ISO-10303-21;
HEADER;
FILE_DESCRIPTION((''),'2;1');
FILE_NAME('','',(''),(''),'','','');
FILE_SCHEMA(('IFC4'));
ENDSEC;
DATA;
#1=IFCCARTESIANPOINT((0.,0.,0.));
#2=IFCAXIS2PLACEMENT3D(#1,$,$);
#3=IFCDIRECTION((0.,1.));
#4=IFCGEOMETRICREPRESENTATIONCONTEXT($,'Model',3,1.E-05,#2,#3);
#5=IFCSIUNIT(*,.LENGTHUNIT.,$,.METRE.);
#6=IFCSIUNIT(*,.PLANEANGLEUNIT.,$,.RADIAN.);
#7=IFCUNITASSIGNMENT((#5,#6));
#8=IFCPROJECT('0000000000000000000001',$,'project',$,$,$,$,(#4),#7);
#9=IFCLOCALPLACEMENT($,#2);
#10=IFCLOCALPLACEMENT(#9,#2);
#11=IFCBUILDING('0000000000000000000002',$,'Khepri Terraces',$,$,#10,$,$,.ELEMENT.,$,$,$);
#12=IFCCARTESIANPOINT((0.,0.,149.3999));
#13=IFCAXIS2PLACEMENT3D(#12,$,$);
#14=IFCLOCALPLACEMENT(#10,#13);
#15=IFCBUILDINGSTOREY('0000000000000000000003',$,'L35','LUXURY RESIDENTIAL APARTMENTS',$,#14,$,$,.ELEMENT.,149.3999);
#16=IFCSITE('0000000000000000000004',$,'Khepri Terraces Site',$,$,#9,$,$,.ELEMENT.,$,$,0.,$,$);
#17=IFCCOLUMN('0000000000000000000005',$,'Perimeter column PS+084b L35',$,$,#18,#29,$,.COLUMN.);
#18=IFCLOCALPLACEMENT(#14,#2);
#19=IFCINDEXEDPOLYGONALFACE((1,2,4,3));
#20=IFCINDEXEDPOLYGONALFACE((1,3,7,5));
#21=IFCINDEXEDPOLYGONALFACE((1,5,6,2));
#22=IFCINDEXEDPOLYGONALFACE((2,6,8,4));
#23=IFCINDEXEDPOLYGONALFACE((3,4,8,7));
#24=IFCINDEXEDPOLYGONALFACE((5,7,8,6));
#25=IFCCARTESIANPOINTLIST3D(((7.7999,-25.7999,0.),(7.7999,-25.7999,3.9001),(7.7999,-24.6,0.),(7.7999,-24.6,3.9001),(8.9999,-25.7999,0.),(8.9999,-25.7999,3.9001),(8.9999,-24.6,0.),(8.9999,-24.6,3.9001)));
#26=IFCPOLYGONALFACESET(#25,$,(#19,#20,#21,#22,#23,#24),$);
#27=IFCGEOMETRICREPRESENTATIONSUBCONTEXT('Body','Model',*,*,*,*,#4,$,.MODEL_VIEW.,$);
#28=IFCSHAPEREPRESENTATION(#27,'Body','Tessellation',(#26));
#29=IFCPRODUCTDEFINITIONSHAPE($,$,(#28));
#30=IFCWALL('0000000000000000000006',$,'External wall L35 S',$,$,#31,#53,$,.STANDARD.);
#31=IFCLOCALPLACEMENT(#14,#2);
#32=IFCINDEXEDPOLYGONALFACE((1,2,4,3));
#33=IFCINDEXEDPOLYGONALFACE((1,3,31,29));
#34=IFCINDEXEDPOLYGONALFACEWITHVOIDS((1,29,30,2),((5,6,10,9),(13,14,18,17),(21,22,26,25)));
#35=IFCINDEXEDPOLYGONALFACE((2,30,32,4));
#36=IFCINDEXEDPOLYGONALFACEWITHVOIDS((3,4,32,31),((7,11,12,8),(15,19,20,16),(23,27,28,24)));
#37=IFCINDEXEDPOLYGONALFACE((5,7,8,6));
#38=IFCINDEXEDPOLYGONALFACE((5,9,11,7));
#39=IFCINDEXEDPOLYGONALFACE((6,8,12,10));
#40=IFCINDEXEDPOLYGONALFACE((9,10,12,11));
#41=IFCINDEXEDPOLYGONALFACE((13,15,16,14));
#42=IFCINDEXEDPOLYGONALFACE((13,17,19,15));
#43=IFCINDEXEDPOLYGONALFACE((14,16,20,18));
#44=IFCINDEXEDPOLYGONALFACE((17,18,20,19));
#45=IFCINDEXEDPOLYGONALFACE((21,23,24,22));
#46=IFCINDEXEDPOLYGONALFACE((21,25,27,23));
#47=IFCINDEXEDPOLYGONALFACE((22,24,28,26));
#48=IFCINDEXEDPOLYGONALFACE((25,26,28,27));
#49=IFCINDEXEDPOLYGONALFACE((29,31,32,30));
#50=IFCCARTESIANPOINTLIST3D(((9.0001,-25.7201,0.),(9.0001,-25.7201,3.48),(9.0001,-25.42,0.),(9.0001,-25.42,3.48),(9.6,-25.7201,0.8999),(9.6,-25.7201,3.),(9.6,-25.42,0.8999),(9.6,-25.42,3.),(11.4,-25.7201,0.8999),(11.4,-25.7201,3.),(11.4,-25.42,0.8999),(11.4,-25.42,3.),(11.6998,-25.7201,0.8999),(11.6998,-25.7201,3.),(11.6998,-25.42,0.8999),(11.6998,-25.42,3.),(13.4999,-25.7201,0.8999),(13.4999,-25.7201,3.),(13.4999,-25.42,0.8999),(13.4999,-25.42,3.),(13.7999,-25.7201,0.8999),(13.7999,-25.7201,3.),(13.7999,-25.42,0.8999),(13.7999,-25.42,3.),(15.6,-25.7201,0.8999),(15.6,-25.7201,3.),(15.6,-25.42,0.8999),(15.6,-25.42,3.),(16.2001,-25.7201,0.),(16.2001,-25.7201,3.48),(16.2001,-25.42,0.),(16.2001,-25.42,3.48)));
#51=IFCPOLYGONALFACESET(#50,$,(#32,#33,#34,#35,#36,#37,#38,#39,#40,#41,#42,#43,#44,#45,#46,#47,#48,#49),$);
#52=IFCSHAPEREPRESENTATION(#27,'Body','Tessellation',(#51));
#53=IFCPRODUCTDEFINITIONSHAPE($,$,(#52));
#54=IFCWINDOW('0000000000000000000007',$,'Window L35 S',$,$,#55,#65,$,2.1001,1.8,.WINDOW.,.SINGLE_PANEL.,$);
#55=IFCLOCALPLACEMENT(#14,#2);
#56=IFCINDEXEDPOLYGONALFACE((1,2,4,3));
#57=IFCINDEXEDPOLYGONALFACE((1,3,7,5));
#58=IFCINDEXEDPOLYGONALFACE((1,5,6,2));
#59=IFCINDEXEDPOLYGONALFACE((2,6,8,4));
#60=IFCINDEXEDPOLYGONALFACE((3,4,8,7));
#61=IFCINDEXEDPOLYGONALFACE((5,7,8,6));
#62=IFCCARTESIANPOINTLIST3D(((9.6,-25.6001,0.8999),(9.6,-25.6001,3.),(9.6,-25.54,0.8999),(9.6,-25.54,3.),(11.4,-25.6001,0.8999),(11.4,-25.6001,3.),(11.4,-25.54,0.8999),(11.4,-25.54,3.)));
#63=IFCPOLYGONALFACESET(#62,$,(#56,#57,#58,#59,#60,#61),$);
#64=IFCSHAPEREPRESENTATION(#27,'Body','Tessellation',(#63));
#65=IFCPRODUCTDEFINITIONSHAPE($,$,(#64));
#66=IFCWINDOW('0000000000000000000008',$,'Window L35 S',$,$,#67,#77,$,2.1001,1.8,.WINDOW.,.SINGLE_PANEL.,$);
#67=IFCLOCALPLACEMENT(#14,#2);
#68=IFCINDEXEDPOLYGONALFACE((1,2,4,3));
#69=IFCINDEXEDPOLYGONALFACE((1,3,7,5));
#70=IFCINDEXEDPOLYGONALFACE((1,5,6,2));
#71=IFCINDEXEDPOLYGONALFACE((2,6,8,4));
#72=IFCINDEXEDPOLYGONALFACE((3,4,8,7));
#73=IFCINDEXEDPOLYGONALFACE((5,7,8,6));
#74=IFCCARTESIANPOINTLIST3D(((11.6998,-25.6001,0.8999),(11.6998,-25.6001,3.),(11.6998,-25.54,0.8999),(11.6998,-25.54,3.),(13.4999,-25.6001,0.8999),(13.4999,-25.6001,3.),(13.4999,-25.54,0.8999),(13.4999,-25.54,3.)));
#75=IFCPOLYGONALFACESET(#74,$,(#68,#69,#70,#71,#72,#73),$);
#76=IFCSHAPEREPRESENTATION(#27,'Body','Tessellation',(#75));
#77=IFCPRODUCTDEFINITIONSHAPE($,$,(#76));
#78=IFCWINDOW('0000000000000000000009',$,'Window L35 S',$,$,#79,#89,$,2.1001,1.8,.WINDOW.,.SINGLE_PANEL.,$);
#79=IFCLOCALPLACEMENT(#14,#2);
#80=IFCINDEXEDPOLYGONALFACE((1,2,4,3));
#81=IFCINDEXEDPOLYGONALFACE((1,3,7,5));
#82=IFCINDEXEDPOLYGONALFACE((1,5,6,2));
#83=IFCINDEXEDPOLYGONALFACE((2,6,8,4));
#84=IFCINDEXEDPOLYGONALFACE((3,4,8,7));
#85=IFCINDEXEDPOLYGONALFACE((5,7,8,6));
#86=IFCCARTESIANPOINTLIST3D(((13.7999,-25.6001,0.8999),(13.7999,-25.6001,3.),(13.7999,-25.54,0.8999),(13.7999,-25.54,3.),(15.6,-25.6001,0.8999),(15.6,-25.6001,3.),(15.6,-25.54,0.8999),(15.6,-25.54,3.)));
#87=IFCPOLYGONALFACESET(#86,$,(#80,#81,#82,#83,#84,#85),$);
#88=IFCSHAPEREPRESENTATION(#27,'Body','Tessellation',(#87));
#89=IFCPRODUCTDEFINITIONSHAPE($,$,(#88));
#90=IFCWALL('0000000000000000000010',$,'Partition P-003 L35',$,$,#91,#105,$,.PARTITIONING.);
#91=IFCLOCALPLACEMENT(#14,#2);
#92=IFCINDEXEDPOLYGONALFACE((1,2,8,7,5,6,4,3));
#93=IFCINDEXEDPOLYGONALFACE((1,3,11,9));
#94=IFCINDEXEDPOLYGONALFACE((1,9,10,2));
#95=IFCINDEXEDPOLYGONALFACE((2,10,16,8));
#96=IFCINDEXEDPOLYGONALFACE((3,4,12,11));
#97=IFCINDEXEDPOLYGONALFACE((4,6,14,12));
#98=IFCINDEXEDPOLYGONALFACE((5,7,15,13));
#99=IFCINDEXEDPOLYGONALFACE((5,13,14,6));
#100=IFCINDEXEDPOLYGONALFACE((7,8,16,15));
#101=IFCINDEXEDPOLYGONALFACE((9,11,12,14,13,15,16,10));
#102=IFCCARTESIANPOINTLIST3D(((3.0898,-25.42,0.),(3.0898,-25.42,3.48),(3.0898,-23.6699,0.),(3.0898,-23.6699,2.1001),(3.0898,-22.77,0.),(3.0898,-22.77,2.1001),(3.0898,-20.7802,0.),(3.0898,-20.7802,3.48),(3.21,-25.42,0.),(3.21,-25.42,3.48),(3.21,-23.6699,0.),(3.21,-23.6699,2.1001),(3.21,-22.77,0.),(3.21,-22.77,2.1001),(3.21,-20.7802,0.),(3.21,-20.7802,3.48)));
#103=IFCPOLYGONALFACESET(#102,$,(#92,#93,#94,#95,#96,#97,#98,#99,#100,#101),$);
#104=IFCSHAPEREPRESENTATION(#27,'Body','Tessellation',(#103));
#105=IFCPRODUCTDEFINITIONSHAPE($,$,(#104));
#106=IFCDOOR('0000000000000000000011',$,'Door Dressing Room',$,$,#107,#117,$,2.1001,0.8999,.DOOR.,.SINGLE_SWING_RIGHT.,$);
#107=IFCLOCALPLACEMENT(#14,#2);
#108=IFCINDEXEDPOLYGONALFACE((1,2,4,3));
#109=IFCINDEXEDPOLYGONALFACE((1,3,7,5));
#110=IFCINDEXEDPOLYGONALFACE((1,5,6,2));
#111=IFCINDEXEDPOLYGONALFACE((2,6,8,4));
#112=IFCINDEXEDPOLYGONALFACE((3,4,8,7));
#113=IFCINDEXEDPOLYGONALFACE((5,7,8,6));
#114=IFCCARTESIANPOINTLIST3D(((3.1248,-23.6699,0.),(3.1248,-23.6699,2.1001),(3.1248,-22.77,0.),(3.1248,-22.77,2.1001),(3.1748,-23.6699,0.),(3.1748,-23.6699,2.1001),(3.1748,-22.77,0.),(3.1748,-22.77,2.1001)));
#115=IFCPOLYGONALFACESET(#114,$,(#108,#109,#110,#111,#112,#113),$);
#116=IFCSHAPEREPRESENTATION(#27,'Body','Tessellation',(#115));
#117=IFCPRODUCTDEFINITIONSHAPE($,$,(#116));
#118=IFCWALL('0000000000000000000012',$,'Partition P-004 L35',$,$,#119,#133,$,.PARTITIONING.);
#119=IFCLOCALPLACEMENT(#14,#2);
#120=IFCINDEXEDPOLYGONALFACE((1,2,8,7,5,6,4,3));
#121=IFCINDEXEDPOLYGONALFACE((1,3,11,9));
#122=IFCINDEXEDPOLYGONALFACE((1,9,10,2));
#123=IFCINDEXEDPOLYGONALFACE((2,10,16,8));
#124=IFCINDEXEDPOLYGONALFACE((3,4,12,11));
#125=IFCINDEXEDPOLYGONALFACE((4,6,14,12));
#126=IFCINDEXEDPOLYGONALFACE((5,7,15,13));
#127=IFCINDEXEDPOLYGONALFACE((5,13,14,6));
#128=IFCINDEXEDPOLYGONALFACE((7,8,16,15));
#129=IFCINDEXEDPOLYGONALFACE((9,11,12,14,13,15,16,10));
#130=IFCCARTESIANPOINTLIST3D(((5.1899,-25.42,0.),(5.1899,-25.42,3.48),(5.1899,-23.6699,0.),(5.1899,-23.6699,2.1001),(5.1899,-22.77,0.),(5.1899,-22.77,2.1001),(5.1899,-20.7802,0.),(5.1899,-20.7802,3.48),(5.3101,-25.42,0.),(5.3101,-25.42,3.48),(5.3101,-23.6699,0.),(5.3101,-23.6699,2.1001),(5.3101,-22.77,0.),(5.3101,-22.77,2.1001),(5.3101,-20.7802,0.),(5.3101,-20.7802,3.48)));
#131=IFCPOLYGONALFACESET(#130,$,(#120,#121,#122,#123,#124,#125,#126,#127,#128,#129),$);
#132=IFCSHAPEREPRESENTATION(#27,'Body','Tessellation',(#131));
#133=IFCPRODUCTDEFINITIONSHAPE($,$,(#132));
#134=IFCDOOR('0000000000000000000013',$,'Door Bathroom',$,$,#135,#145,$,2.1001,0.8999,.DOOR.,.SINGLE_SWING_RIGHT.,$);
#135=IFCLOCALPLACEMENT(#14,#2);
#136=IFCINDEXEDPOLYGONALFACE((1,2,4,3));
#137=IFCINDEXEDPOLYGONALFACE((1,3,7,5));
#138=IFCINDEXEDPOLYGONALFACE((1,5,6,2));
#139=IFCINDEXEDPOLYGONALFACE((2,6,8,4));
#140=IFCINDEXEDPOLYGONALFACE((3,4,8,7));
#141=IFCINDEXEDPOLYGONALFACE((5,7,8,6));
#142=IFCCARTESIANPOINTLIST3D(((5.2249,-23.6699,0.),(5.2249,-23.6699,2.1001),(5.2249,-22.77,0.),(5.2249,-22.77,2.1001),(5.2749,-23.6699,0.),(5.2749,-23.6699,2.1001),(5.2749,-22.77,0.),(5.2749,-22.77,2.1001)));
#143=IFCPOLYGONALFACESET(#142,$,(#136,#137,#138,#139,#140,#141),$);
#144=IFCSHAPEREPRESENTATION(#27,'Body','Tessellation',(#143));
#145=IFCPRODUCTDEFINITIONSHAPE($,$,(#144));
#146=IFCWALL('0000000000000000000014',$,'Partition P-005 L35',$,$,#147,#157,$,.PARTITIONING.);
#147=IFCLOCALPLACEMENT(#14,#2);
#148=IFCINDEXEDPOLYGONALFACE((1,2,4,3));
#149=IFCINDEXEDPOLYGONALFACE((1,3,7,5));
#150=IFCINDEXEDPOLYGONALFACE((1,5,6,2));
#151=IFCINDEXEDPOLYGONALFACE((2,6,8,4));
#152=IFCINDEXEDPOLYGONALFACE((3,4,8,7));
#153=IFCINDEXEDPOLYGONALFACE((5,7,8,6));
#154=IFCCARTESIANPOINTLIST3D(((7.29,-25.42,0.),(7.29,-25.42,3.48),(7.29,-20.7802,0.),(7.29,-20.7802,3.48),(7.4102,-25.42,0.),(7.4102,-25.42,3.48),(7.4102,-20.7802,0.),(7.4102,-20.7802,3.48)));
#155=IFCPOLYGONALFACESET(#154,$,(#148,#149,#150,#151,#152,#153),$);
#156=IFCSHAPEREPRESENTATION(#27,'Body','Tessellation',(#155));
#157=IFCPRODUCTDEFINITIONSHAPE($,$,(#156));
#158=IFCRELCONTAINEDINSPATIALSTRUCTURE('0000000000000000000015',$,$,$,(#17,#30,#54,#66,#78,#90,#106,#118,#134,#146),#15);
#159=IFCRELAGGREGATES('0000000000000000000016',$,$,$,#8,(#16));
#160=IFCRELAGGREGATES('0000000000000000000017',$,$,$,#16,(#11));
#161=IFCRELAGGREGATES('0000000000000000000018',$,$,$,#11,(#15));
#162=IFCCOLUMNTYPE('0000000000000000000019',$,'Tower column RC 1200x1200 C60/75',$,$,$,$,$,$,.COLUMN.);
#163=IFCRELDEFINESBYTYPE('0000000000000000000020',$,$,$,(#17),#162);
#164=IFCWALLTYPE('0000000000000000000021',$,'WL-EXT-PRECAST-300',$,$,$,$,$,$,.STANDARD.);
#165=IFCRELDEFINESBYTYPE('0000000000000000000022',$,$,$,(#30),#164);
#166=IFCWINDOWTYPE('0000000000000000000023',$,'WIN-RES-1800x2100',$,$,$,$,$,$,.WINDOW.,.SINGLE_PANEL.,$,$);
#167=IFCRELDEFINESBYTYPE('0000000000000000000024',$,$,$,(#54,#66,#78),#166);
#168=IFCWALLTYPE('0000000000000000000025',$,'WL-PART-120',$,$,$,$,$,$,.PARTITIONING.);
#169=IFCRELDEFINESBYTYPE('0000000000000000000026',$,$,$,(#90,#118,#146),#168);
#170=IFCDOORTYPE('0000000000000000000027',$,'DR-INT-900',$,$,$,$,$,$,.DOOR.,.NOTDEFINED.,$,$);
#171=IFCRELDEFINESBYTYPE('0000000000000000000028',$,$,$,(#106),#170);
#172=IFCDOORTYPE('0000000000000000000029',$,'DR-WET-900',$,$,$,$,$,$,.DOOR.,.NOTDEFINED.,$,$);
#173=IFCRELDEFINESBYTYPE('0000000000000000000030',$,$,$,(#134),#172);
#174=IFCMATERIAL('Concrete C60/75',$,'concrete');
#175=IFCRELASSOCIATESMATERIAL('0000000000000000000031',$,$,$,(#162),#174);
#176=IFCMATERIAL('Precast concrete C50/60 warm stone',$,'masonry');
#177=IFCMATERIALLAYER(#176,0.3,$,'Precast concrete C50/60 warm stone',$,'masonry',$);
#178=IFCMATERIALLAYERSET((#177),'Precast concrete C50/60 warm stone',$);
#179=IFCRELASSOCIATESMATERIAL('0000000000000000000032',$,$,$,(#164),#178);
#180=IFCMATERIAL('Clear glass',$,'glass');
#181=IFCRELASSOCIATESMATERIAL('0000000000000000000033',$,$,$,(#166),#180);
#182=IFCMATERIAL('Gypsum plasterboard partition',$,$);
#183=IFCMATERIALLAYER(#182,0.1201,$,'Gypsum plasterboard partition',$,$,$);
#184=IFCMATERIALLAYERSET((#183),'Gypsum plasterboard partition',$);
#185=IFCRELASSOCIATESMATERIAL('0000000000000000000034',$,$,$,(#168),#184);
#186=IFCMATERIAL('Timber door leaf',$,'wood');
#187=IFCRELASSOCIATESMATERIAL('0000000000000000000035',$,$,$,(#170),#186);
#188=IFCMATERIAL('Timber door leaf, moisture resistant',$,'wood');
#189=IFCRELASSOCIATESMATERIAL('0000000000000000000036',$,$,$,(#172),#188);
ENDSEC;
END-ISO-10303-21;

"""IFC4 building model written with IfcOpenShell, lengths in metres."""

from ifc_helpers import new_model, si_unit, direction, frame, frame_2d, origin, origin_2d, place, context, subcontext, project, spatial, rectangle, extrude, material, layer, layer_set, material_profile, profile_set, type_object, element, fill, save


model = new_model("IFC4")

# Units and contexts
model_context = context("Model", 3, precision=1e-05, world=origin(), true_north=direction((0.0, 1.0)))
body_context = subcontext(model_context, "Body", "Model", "MODEL_VIEW")
ifc_project = project(units=[si_unit("LENGTHUNIT", "METRE"), si_unit("PLANEANGLEUNIT", "RADIAN")], contexts=[model_context])

# Site, building, storey
site_placement = place(None, origin())
site = spatial("IfcSite", under=ifc_project, at=site_placement, Name="Khepri Terraces Site", CompositionType="ELEMENT", RefElevation=0.0)
building_placement = place(site_placement, origin())
building = spatial("IfcBuilding", under=site, at=building_placement, Name="Khepri Terraces", CompositionType="ELEMENT")
storey_placement = place(building_placement, frame((0.0, 0.0, 149.3999)))
storey = spatial("IfcBuildingStorey", under=building, at=storey_placement, Name="L35", Description="LUXURY RESIDENTIAL APARTMENTS", CompositionType="ELEMENT", Elevation=149.3999)

# Column
ifc_material_1 = material(Name="Concrete C60/75", Category="concrete")
ifc_material_profile = material_profile(ifc_material_1, rectangle(XDim=1.2, YDim=1.2, at=origin_2d()), Name="Concrete C60/75", Category="concrete")
ifc_profile_set = profile_set([ifc_material_profile], Name="Concrete C60/75")
column_type = type_object("IfcColumnType", Name="Tower column RC 1200x1200 C60/75", PredefinedType="COLUMN", material=ifc_profile_set)
column_placement = place(storey_placement, frame((8.3999, -25.2, 0.0), z_axis=(0.0, 0.0, 1.0), x_axis=(1.0, 0.0, 0.0)))
element("IfcColumn", 1, at=column_placement, inside=storey, type_object=column_type, Name="Perimeter column PS+084b L35", PredefinedType="COLUMN", context=body_context, shape_type="SweptSolid", body=[
    extrude(rectangle(XDim=1.2, YDim=1.2, at=origin_2d()), origin(), (0.0, 0.0, 1.0), 3.9001),
])

# Shared definitions
ifc_material_2 = material(Name="Precast concrete C50/60 warm stone", Category="masonry")
ifc_layer_1 = layer(ifc_material_2, 0.3, Name="Precast concrete C50/60 warm stone", Category="masonry")
ifc_layer_set_1 = layer_set([ifc_layer_1], Name="Precast concrete C50/60 warm stone")
wall_type_1 = type_object("IfcWallType", Name="WL-EXT-PRECAST-300", PredefinedType="STANDARD", material=ifc_layer_set_1)
ifc_material_3 = material(Name="Clear glass", Category="glass")
window_type = type_object("IfcWindowType", Name="WIN-RES-1800x2100", PartitioningType="SINGLE_PANEL", PredefinedType="WINDOW", material=ifc_material_3)

# Wall, openings, windows
wall_1_placement = place(storey_placement, frame((9.0, -25.5701, 0.0), z_axis=(0.0, 0.0, 1.0), x_axis=(1.0, 0.0, 0.0)))
wall_1 = element("IfcWall", 2, at=wall_1_placement, inside=storey, type_object=wall_type_1, Name="External wall L35 S", PredefinedType="STANDARD", context=body_context, shape_type="SweptSolid", body=[
    extrude(rectangle(XDim=7.2, YDim=0.3, at=frame_2d((3.6001, 0.0))), origin(), (0.0, 0.0, 1.0), 3.48),
])
opening_1_placement = place(wall_1_placement, frame((0.6001, 0.0, 0.8999)))
opening_1 = element("IfcOpeningElement", 3, at=opening_1_placement, cuts=wall_1, PredefinedType="OPENING", context=body_context, shape_type="SweptSolid", body=[
    extrude(rectangle(XDim=1.8, YDim=2.1001, at=frame_2d((0.8999, 1.05))), frame((0.0, 0.1602, 0.0), z_axis=(0.0, -1.0, 0.0), x_axis=(1.0, 0.0, 0.0)), (0.0, 0.0, 1.0), 0.3201),
])
opening_2_placement = place(wall_1_placement, frame((2.7, 0.0, 0.8999)))
opening_2 = element("IfcOpeningElement", 4, at=opening_2_placement, cuts=wall_1, PredefinedType="OPENING", context=body_context, shape_type="SweptSolid", body=[
    extrude(rectangle(XDim=1.8, YDim=2.1001, at=frame_2d((0.8999, 1.05))), frame((0.0, 0.1602, 0.0), z_axis=(0.0, -1.0, 0.0), x_axis=(1.0, 0.0, 0.0)), (0.0, 0.0, 1.0), 0.3201),
])
opening_3_placement = place(wall_1_placement, frame((4.8, 0.0, 0.8999)))
opening_3 = element("IfcOpeningElement", 5, at=opening_3_placement, cuts=wall_1, PredefinedType="OPENING", context=body_context, shape_type="SweptSolid", body=[
    extrude(rectangle(XDim=1.8, YDim=2.1001, at=frame_2d((0.8999, 1.05))), frame((0.0, 0.1602, 0.0), z_axis=(0.0, -1.0, 0.0), x_axis=(1.0, 0.0, 0.0)), (0.0, 0.0, 1.0), 0.3201),
])
window_1_placement = place(opening_1_placement, origin())
window_1 = element("IfcWindow", 6, at=window_1_placement, inside=storey, type_object=window_type, Name="Window L35 S", OverallHeight=2.1001, OverallWidth=1.8, PartitioningType="SINGLE_PANEL", PredefinedType="WINDOW", context=body_context, shape_type="SweptSolid", body=[
    extrude(rectangle(XDim=1.8, YDim=2.1001, at=frame_2d((0.8999, 1.05))), frame((0.0, 0.03, 0.0), z_axis=(0.0, -1.0, 0.0), x_axis=(1.0, 0.0, 0.0)), (0.0, 0.0, 1.0), 0.0601),
])
fill(opening_1, window_1)
window_2_placement = place(opening_2_placement, origin())
window_2 = element("IfcWindow", 7, at=window_2_placement, inside=storey, type_object=window_type, Name="Window L35 S", OverallHeight=2.1001, OverallWidth=1.8, PartitioningType="SINGLE_PANEL", PredefinedType="WINDOW", context=body_context, shape_type="SweptSolid", body=[
    extrude(rectangle(XDim=1.8, YDim=2.1001, at=frame_2d((0.8999, 1.05))), frame((0.0, 0.03, 0.0), z_axis=(0.0, -1.0, 0.0), x_axis=(1.0, 0.0, 0.0)), (0.0, 0.0, 1.0), 0.0601),
])
fill(opening_2, window_2)
window_3_placement = place(opening_3_placement, origin())
window_3 = element("IfcWindow", 8, at=window_3_placement, inside=storey, type_object=window_type, Name="Window L35 S", OverallHeight=2.1001, OverallWidth=1.8, PartitioningType="SINGLE_PANEL", PredefinedType="WINDOW", context=body_context, shape_type="SweptSolid", body=[
    extrude(rectangle(XDim=1.8, YDim=2.1001, at=frame_2d((0.8999, 1.05))), frame((0.0, 0.03, 0.0), z_axis=(0.0, -1.0, 0.0), x_axis=(1.0, 0.0, 0.0)), (0.0, 0.0, 1.0), 0.0601),
])
fill(opening_3, window_3)

# Walls, openings, doors
ifc_material_4 = material(Name="Gypsum plasterboard partition")
ifc_layer_2 = layer(ifc_material_4, 0.1201, Name="Gypsum plasterboard partition")
ifc_layer_set_2 = layer_set([ifc_layer_2], Name="Gypsum plasterboard partition")
wall_type_2 = type_object("IfcWallType", Name="WL-PART-120", PredefinedType="PARTITIONING", material=ifc_layer_set_2)
wall_2_placement = place(storey_placement, frame((3.1499, -25.4199, 0.0), z_axis=(0.0, 0.0, 1.0), x_axis=(0.0, 1.0, 0.0)))
wall_2 = element("IfcWall", 9, at=wall_2_placement, inside=storey, type_object=wall_type_2, Name="Partition P-003 L35", PredefinedType="PARTITIONING", context=body_context, shape_type="SweptSolid", body=[
    extrude(rectangle(XDim=4.6399, YDim=0.1201, at=frame_2d((2.3198, 0.0))), origin(), (0.0, 0.0, 1.0), 3.48),
])
opening_4_placement = place(wall_2_placement, frame((1.75, 0.0, 0.0)))
opening_4 = element("IfcOpeningElement", 10, at=opening_4_placement, cuts=wall_2, PredefinedType="OPENING", context=body_context, shape_type="SweptSolid", body=[
    extrude(rectangle(XDim=0.8999, YDim=2.1001, at=frame_2d((0.45, 1.05))), frame((0.0, 0.0701, 0.0), z_axis=(0.0, -1.0, 0.0), x_axis=(1.0, 0.0, 0.0)), (0.0, 0.0, 1.0), 0.1401),
])
ifc_material_5 = material(Name="Timber door leaf", Category="wood")
door_type_1 = type_object("IfcDoorType", Name="DR-INT-900", OperationType="NOTDEFINED", PredefinedType="DOOR", material=ifc_material_5)
door_1_placement = place(opening_4_placement, frame((0.8999, 0.0, 0.0), z_axis=(0.0, 0.0, 1.0), x_axis=(-1.0, 0.0, 0.0)))
door_1 = element("IfcDoor", 11, at=door_1_placement, inside=storey, type_object=door_type_1, Name="Door Dressing Room", OperationType="SINGLE_SWING_RIGHT", OverallHeight=2.1001, OverallWidth=0.8999, PredefinedType="DOOR", context=body_context, shape_type="SweptSolid", body=[
    extrude(rectangle(XDim=0.8999, YDim=2.1001, at=frame_2d((0.45, 1.05))), frame((0.0, 0.0249, 0.0), z_axis=(0.0, -1.0, 0.0), x_axis=(1.0, 0.0, 0.0)), (0.0, 0.0, 1.0), 0.05),
])
fill(opening_4, door_1)
wall_3_placement = place(storey_placement, frame((5.25, -25.4199, 0.0), z_axis=(0.0, 0.0, 1.0), x_axis=(0.0, 1.0, 0.0)))
wall_3 = element("IfcWall", 12, at=wall_3_placement, inside=storey, type_object=wall_type_2, Name="Partition P-004 L35", PredefinedType="PARTITIONING", context=body_context, shape_type="SweptSolid", body=[
    extrude(rectangle(XDim=4.6399, YDim=0.1201, at=frame_2d((2.3198, 0.0))), origin(), (0.0, 0.0, 1.0), 3.48),
])
opening_5_placement = place(wall_3_placement, frame((1.75, 0.0, 0.0)))
opening_5 = element("IfcOpeningElement", 13, at=opening_5_placement, cuts=wall_3, PredefinedType="OPENING", context=body_context, shape_type="SweptSolid", body=[
    extrude(rectangle(XDim=0.8999, YDim=2.1001, at=frame_2d((0.45, 1.05))), frame((0.0, 0.0701, 0.0), z_axis=(0.0, -1.0, 0.0), x_axis=(1.0, 0.0, 0.0)), (0.0, 0.0, 1.0), 0.1401),
])
ifc_material_6 = material(Name="Timber door leaf, moisture resistant", Category="wood")
door_type_2 = type_object("IfcDoorType", Name="DR-WET-900", OperationType="NOTDEFINED", PredefinedType="DOOR", material=ifc_material_6)
door_2_placement = place(opening_5_placement, frame((0.8999, 0.0, 0.0), z_axis=(0.0, 0.0, 1.0), x_axis=(-1.0, 0.0, 0.0)))
door_2 = element("IfcDoor", 14, at=door_2_placement, inside=storey, type_object=door_type_2, Name="Door Bathroom", OperationType="SINGLE_SWING_RIGHT", OverallHeight=2.1001, OverallWidth=0.8999, PredefinedType="DOOR", context=body_context, shape_type="SweptSolid", body=[
    extrude(rectangle(XDim=0.8999, YDim=2.1001, at=frame_2d((0.45, 1.05))), frame((0.0, 0.0249, 0.0), z_axis=(0.0, -1.0, 0.0), x_axis=(1.0, 0.0, 0.0)), (0.0, 0.0, 1.0), 0.05),
])
fill(opening_5, door_2)

# Wall
wall_4_placement = place(storey_placement, frame((7.3501, -25.4199, 0.0), z_axis=(0.0, 0.0, 1.0), x_axis=(0.0, 1.0, 0.0)))
element("IfcWall", 15, at=wall_4_placement, inside=storey, type_object=wall_type_2, Name="Partition P-005 L35", PredefinedType="PARTITIONING", context=body_context, shape_type="SweptSolid", body=[
    extrude(rectangle(XDim=4.6399, YDim=0.1201, at=frame_2d((2.3198, 0.0))), origin(), (0.0, 0.0, 1.0), 3.48),
])

save(model, "model.ifc")
